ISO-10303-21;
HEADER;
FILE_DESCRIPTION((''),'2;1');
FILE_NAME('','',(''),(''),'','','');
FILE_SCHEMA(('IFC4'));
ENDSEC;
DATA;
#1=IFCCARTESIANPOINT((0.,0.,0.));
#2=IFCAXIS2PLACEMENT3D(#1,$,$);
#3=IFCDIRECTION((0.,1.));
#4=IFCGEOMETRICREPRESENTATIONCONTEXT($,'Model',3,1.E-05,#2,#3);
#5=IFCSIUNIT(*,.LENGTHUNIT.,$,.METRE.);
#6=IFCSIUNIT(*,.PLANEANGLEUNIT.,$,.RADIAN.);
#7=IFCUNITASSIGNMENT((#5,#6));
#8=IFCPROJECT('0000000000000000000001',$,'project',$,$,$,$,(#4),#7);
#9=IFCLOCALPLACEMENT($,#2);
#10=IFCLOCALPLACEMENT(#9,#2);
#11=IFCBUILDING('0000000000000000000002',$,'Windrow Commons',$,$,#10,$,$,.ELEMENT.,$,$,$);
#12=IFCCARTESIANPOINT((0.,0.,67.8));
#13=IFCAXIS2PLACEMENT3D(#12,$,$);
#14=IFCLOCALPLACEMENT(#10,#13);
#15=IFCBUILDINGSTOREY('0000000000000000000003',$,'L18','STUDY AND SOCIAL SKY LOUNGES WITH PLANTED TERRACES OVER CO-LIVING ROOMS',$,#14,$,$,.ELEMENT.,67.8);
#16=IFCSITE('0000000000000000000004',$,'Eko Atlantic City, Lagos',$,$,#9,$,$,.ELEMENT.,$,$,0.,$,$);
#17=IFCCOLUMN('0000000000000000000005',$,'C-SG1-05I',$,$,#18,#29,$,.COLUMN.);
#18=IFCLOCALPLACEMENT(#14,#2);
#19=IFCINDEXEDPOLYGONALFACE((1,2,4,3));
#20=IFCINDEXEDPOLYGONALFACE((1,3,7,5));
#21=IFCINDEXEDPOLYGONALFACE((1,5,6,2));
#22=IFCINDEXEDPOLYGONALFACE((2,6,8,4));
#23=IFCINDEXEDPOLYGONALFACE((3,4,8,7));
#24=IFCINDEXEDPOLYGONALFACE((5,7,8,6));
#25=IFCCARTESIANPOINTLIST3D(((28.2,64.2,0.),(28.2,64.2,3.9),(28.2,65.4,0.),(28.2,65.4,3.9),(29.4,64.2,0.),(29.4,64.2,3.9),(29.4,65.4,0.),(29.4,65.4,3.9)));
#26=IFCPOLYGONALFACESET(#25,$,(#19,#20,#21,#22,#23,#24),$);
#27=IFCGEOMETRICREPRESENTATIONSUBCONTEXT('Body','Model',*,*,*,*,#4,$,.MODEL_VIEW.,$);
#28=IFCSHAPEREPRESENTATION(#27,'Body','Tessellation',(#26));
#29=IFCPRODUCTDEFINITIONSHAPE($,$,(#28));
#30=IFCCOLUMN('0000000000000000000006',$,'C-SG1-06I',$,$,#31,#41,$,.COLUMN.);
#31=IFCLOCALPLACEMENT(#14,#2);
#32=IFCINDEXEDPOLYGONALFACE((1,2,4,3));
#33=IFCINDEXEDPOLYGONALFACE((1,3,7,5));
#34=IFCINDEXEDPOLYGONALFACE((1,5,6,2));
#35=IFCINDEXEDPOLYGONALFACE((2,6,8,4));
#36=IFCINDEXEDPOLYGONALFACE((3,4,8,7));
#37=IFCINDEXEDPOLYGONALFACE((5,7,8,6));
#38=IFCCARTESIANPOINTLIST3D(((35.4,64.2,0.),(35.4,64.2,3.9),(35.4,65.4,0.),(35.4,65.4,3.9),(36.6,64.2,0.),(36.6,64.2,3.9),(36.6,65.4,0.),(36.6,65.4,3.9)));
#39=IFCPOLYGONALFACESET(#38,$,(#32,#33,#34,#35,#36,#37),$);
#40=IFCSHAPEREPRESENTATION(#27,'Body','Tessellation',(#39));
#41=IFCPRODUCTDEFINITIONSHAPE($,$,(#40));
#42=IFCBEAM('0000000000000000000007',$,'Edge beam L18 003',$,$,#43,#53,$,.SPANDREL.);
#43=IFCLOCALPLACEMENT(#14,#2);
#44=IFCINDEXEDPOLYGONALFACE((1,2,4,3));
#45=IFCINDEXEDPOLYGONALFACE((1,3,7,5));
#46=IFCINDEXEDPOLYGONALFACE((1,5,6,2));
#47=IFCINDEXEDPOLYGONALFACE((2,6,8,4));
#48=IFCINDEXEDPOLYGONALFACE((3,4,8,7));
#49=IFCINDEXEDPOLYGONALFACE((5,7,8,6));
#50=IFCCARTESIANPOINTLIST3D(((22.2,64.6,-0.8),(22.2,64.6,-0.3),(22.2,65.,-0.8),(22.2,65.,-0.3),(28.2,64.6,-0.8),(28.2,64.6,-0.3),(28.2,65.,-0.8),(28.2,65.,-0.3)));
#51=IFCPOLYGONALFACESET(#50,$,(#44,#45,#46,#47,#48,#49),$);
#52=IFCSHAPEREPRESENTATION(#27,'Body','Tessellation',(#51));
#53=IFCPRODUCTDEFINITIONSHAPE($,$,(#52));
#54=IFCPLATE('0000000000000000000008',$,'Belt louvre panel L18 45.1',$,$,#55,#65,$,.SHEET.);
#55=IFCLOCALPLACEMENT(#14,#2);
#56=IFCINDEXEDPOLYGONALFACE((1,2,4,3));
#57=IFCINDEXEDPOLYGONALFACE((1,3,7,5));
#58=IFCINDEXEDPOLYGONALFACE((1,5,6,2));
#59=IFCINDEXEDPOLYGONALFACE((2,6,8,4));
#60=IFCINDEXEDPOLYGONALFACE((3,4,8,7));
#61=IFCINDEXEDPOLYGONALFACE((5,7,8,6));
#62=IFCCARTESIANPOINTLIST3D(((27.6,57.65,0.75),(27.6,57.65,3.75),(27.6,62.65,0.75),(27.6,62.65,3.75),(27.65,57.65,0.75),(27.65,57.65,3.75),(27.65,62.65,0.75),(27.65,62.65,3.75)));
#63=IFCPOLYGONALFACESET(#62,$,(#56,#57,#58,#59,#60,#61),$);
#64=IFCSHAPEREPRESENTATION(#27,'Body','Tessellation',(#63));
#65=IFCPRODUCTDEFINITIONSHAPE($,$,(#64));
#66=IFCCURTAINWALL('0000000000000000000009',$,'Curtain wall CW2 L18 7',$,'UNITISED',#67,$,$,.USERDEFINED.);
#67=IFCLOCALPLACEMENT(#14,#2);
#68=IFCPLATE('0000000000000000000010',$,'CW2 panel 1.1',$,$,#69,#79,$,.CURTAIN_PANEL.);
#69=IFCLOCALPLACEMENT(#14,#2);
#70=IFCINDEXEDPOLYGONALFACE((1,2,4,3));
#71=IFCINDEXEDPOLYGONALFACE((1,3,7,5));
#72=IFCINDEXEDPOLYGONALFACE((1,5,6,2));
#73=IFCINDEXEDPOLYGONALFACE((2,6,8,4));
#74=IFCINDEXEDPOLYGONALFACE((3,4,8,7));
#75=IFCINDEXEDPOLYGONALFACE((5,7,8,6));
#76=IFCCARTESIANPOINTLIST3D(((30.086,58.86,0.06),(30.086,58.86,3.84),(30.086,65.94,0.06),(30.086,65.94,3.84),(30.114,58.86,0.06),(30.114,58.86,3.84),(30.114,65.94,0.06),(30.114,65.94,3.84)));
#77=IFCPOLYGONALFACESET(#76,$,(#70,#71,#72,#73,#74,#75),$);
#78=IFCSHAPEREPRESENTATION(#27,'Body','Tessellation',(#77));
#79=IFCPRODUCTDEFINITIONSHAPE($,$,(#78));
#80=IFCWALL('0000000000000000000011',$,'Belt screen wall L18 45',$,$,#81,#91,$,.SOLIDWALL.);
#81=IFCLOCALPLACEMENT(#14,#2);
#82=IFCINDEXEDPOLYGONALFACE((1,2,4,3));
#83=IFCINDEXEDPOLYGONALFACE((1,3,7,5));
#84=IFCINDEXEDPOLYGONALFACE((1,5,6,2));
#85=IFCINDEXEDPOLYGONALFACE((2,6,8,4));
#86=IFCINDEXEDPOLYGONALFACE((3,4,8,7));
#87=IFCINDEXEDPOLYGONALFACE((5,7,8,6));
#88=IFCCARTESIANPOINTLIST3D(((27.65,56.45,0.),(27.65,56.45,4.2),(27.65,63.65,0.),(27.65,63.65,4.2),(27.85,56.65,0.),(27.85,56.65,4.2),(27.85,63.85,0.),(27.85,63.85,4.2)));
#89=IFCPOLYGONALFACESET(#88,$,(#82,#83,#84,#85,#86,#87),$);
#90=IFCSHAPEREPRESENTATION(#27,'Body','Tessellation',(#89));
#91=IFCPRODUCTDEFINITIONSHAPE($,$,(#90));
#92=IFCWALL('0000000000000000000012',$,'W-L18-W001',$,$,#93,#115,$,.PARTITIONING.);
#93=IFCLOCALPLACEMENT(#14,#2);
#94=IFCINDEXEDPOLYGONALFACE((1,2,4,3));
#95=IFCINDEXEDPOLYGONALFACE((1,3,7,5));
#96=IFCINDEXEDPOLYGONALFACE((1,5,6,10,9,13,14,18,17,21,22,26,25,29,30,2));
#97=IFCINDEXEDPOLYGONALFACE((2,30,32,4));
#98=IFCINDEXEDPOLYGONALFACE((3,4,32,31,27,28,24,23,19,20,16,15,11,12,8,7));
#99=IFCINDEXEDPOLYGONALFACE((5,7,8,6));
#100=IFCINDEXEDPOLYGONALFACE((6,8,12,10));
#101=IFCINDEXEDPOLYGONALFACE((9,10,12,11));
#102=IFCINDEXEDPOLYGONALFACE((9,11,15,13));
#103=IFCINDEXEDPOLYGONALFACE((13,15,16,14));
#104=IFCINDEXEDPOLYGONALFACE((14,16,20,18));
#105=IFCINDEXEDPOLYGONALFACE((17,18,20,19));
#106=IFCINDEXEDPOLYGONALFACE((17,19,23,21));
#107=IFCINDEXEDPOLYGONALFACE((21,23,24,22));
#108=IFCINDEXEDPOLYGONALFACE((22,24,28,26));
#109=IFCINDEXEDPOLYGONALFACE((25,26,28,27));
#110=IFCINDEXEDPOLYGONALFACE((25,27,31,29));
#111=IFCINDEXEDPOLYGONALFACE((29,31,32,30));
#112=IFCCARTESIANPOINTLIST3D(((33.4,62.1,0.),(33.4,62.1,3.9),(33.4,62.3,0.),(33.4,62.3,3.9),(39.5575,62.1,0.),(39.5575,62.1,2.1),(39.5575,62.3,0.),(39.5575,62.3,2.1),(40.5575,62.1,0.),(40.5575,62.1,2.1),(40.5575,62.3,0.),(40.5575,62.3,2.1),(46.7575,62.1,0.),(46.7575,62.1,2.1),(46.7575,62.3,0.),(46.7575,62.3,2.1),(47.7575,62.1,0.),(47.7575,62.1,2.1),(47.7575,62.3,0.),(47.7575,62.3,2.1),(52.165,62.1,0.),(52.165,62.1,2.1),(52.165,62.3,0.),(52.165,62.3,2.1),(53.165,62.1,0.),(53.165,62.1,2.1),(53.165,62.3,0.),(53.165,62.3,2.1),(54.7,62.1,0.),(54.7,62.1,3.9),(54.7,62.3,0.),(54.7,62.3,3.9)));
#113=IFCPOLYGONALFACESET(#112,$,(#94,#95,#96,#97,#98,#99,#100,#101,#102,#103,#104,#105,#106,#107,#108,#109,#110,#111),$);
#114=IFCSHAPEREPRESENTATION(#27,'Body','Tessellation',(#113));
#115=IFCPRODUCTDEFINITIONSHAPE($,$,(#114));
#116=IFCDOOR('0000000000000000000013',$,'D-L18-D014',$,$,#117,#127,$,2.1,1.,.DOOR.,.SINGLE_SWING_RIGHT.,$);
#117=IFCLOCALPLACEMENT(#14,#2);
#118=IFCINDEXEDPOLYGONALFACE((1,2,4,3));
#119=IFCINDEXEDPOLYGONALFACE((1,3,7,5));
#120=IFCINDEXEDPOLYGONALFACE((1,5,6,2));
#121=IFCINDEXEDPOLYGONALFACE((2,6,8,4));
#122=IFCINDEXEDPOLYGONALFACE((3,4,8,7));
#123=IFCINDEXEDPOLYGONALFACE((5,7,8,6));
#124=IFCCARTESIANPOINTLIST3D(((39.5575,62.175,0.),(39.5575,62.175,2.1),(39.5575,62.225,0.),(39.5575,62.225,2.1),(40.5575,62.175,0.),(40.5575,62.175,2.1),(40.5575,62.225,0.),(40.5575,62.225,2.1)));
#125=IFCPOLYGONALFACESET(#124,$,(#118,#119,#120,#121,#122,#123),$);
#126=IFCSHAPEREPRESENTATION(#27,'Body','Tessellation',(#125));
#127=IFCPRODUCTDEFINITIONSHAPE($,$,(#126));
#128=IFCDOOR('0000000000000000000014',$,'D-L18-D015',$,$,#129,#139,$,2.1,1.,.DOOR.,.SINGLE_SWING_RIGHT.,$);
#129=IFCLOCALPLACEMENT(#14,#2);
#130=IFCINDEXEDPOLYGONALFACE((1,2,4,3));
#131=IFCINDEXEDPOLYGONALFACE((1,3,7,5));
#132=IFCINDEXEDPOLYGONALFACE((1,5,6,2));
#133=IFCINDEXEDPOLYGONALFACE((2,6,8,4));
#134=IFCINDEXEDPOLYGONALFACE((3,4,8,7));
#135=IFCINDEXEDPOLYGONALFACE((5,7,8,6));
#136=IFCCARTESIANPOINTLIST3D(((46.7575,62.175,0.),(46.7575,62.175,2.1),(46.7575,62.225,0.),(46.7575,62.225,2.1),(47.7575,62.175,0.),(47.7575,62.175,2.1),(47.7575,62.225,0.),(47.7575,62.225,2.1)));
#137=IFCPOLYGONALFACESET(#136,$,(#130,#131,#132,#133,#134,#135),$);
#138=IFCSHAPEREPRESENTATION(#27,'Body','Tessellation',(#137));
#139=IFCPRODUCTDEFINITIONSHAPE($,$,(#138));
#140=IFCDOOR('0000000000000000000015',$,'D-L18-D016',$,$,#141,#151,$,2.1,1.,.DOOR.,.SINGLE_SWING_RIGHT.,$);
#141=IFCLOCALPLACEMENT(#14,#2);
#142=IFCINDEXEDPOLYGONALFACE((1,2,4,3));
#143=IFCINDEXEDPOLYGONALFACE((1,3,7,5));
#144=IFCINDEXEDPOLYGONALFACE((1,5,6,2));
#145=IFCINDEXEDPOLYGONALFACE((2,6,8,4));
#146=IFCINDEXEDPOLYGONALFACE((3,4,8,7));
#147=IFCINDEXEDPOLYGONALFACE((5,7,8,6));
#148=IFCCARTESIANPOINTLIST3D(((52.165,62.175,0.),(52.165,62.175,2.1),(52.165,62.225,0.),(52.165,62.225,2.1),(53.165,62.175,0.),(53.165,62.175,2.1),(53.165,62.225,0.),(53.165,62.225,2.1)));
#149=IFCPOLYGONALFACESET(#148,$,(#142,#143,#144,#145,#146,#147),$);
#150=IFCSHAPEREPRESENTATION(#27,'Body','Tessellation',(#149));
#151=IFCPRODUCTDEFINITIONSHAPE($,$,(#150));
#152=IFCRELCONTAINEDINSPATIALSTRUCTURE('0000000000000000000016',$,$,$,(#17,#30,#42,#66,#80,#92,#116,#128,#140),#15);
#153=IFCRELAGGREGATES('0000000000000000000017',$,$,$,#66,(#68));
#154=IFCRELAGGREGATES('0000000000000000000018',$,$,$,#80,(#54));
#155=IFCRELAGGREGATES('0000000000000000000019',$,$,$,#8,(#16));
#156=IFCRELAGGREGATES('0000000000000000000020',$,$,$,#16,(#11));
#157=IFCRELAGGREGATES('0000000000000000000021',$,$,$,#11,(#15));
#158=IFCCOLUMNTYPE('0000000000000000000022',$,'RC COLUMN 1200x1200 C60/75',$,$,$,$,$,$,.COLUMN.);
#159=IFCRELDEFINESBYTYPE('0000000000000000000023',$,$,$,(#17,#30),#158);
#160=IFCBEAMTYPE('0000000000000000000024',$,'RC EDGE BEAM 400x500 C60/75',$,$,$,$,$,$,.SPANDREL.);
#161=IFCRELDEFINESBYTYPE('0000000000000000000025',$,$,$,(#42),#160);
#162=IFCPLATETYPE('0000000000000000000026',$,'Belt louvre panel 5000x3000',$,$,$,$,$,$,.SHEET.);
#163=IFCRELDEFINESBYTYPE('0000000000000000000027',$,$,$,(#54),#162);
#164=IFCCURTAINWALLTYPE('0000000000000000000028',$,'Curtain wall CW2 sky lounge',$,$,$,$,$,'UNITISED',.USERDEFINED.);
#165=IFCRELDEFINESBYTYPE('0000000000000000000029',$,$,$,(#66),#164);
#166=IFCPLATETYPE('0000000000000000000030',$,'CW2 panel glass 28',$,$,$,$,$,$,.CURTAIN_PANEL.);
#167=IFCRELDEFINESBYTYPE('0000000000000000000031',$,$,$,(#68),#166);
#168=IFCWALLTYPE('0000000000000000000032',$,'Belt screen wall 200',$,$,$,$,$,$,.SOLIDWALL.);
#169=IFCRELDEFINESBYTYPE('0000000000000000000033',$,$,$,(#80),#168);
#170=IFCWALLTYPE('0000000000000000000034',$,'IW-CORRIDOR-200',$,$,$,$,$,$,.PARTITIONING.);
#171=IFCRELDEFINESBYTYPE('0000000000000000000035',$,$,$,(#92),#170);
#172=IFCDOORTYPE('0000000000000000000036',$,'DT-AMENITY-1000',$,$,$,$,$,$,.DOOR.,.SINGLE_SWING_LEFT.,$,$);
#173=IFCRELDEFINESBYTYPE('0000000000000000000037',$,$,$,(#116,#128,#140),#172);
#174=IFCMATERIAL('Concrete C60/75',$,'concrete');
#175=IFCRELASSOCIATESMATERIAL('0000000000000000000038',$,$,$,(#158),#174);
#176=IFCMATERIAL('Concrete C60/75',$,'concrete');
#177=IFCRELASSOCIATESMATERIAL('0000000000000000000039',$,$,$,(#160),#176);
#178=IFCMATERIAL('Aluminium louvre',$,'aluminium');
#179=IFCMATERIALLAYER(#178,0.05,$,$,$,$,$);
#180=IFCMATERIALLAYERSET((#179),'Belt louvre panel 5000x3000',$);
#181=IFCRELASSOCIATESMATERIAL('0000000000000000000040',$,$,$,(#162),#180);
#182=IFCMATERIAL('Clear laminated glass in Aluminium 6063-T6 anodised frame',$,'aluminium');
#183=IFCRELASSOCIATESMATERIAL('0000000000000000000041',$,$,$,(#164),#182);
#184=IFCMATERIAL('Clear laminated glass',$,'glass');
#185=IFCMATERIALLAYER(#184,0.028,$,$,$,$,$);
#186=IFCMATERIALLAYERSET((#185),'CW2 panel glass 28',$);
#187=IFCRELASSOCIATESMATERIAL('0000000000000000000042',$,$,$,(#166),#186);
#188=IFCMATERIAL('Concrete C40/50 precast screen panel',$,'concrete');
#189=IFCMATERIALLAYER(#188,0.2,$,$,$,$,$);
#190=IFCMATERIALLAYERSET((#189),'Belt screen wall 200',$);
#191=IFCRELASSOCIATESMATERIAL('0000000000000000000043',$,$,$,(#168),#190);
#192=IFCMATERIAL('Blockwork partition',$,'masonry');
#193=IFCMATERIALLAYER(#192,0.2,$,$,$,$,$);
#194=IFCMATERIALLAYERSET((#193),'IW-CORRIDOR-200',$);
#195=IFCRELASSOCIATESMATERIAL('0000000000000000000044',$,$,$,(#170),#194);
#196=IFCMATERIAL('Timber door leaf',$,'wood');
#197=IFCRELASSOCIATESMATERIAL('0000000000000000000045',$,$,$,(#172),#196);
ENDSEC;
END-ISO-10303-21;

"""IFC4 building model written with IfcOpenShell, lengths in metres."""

from ifc_helpers import new_model, si_unit, direction, frame, frame_2d, origin, origin_2d, place, context, subcontext, project, spatial, polyline, rectangle, outline, extrude, material, layer, layer_set, material_profile, profile_set, type_object, element, fill, aggregate, save


model = new_model("IFC4")

# Units and contexts
model_context = context("Model", 3, precision=1e-05, world=origin(), true_north=direction((0.0, 1.0)))
body_context = subcontext(model_context, "Body", "Model", "MODEL_VIEW")
ifc_project = project(units=[si_unit("LENGTHUNIT", "METRE"), si_unit("PLANEANGLEUNIT", "RADIAN")], contexts=[model_context])

# Site, building, storey
site_placement = place(None, origin())
site = spatial("IfcSite", under=ifc_project, at=site_placement, Name="Eko Atlantic City, Lagos", CompositionType="ELEMENT", RefElevation=0.0)
building_placement = place(site_placement, origin())
building = spatial("IfcBuilding", under=site, at=building_placement, Name="Windrow Commons", CompositionType="ELEMENT")
storey_placement = place(building_placement, frame((0.0, 0.0, 67.8)))
storey = spatial("IfcBuildingStorey", under=building, at=storey_placement, Name="L18", Description="STUDY AND SOCIAL SKY LOUNGES WITH PLANTED TERRACES OVER CO-LIVING ROOMS", CompositionType="ELEMENT", Elevation=67.8)

# Columns
ifc_material_1 = material(Name="Concrete C60/75", Category="concrete")
ifc_material_profile_1 = material_profile(ifc_material_1, rectangle(XDim=1.2, YDim=1.2, at=origin_2d()))
ifc_profile_set_1 = profile_set([ifc_material_profile_1], Name="Concrete C60/75")
column_type = type_object("IfcColumnType", Name="RC COLUMN 1200x1200 C60/75", PredefinedType="COLUMN", material=ifc_profile_set_1)
for number, where, z_axis, x_axis, name in (
    (1, (28.8, 64.8, 0.0), (0.0, 0.0, 1.0), (1.0, 0.0, 0.0), "C-SG1-05I"),
    (2, (36.0, 64.8, 0.0), (0.0, 0.0, 1.0), (1.0, 0.0, 0.0), "C-SG1-06I"),
):
    element("IfcColumn", number, at=place(storey_placement, frame(where, z_axis=z_axis, x_axis=x_axis)), inside=storey, type_object=column_type, Name=name, PredefinedType="COLUMN", context=body_context, shape_type="SweptSolid", body=[
        extrude(rectangle(XDim=1.2, YDim=1.2, at=origin_2d()), origin(), (0.0, 0.0, 1.0), 3.9),
    ])

# Beam
ifc_material_2 = material(Name="Concrete C60/75", Category="concrete")
ifc_material_profile_2 = material_profile(ifc_material_2, rectangle(XDim=0.4, YDim=0.5, at=origin_2d()))
ifc_profile_set_2 = profile_set([ifc_material_profile_2], Name="Concrete C60/75")
beam_type = type_object("IfcBeamType", Name="RC EDGE BEAM 400x500 C60/75", PredefinedType="SPANDREL", material=ifc_profile_set_2)
beam_placement = place(storey_placement, frame((28.2, 64.8, -0.55), z_axis=(-1.0, 0.0, 0.0), x_axis=(0.0, -1.0, 0.0)))
element("IfcBeam", 3, at=beam_placement, inside=storey, type_object=beam_type, Name="Edge beam L18 003", PredefinedType="SPANDREL", context=body_context, shape_type="SweptSolid", body=[
    extrude(rectangle(XDim=0.4, YDim=0.5, at=origin_2d()), origin(), (0.0, 0.0, 1.0), 6.0),
])

# Plate
ifc_material_3 = material(Name="Aluminium louvre", Category="aluminium")
ifc_layer_1 = layer(ifc_material_3, 0.05)
ifc_layer_set_1 = layer_set([ifc_layer_1], Name="Belt louvre panel 5000x3000")
plate_type_1 = type_object("IfcPlateType", Name="Belt louvre panel 5000x3000", PredefinedType="SHEET", material=ifc_layer_set_1)
plate_1_placement = place(storey_placement, frame((27.6, 62.65, 0.75), z_axis=(-1.0, 0.0, 0.0), x_axis=(0.0, -1.0, 0.0)))
plate_1 = element("IfcPlate", 4, at=plate_1_placement, type_object=plate_type_1, Name="Belt louvre panel L18 45.1", PredefinedType="SHEET", context=body_context, shape_type="SweptSolid", body=[
    extrude(outline(polyline([(0.0, 0.0), (5.0, 0.0), (5.0, 3.0), (0.0, 3.0), (0.0, 0.0)])), origin(), (0.0, 0.0, -1.0), 0.05),
])

# Curtain wall, plate
ifc_material_4 = material(Name="Clear laminated glass in Aluminium 6063-T6 anodised frame", Category="aluminium")
curtain_wall_type = type_object("IfcCurtainWallType", Name="Curtain wall CW2 sky lounge", ElementType="UNITISED", PredefinedType="USERDEFINED", material=ifc_material_4)
curtain_wall_placement = place(storey_placement, origin())
curtain_wall = element("IfcCurtainWall", 5, at=curtain_wall_placement, inside=storey, type_object=curtain_wall_type, Name="Curtain wall CW2 L18 7", ObjectType="UNITISED", PredefinedType="USERDEFINED")
ifc_material_5 = material(Name="Clear laminated glass", Category="glass")
ifc_layer_2 = layer(ifc_material_5, 0.028)
ifc_layer_set_2 = layer_set([ifc_layer_2], Name="CW2 panel glass 28")
plate_type_2 = type_object("IfcPlateType", Name="CW2 panel glass 28", PredefinedType="CURTAIN_PANEL", material=ifc_layer_set_2)
plate_2_placement = place(storey_placement, frame((30.1, 62.4, 0.06), z_axis=(0.0, 0.0, 1.0), x_axis=(0.0, -1.0, 0.0)))
plate_2 = element("IfcPlate", 6, at=plate_2_placement, type_object=plate_type_2, Name="CW2 panel 1.1", PredefinedType="CURTAIN_PANEL", context=body_context, shape_type="SweptSolid", body=[
    extrude(rectangle(XDim=7.08, YDim=0.028, at=origin_2d()), origin(), (0.0, 0.0, 1.0), 3.78),
])
aggregate(curtain_wall, [plate_2])

# Wall
ifc_material_6 = material(Name="Concrete C40/50 precast screen panel", Category="concrete")
ifc_layer_3 = layer(ifc_material_6, 0.2)
ifc_layer_set_3 = layer_set([ifc_layer_3], Name="Belt screen wall 200")
wall_type_1 = type_object("IfcWallType", Name="Belt screen wall 200", PredefinedType="SOLIDWALL", material=ifc_layer_set_3)
wall_1_placement = place(storey_placement, frame((27.75, 63.75, 0.0), z_axis=(0.0, 0.0, 1.0), x_axis=(0.0, -1.0, 0.0)))
wall_1 = element("IfcWall", 7, at=wall_1_placement, inside=storey, type_object=wall_type_1, Name="Belt screen wall L18 45", PredefinedType="SOLIDWALL", context=body_context, shape_type="SweptSolid", body=[
    extrude(outline(polyline([(0.1, -0.1), (7.3, -0.1), (7.1, 0.1), (-0.1, 0.1), (0.1, -0.1)])), origin(), (0.0, 0.0, 1.0), 4.2),
])
aggregate(wall_1, [plate_1])

# Wall, openings, doors
ifc_material_7 = material(Name="Blockwork partition", Category="masonry")
ifc_layer_4 = layer(ifc_material_7, 0.2)
ifc_layer_set_4 = layer_set([ifc_layer_4], Name="IW-CORRIDOR-200")
wall_type_2 = type_object("IfcWallType", Name="IW-CORRIDOR-200", PredefinedType="PARTITIONING", material=ifc_layer_set_4)
wall_2_placement = place(storey_placement, frame((33.4, 62.2, 0.0), z_axis=(0.0, 0.0, 1.0), x_axis=(1.0, 0.0, 0.0)))
wall_2 = element("IfcWall", 8, at=wall_2_placement, inside=storey, type_object=wall_type_2, Name="W-L18-W001", PredefinedType="PARTITIONING", context=body_context, shape_type="SweptSolid", body=[
    extrude(rectangle(XDim=21.3, YDim=0.2, at=frame_2d((10.65, 0.0))), origin(), (0.0, 0.0, 1.0), 3.9),
])
opening_1_placement = place(wall_2_placement, frame((6.1575, 0.0, 0.0)))
opening_1 = element("IfcOpeningElement", 9, at=opening_1_placement, cuts=wall_2, PredefinedType="OPENING", context=body_context, shape_type="SweptSolid", body=[
    extrude(rectangle(XDim=1.0, YDim=2.1, at=frame_2d((0.5, 1.05))), frame((0.0, 0.11, 0.0), z_axis=(0.0, -1.0, 0.0), x_axis=(1.0, 0.0, 0.0)), (0.0, 0.0, 1.0), 0.22),
])
opening_2_placement = place(wall_2_placement, frame((13.3575, 0.0, 0.0)))
opening_2 = element("IfcOpeningElement", 10, at=opening_2_placement, cuts=wall_2, PredefinedType="OPENING", context=body_context, shape_type="SweptSolid", body=[
    extrude(rectangle(XDim=1.0, YDim=2.1, at=frame_2d((0.5, 1.05))), frame((0.0, 0.11, 0.0), z_axis=(0.0, -1.0, 0.0), x_axis=(1.0, 0.0, 0.0)), (0.0, 0.0, 1.0), 0.22),
])
opening_3_placement = place(wall_2_placement, frame((18.765, 0.0, 0.0)))
opening_3 = element("IfcOpeningElement", 11, at=opening_3_placement, cuts=wall_2, PredefinedType="OPENING", context=body_context, shape_type="SweptSolid", body=[
    extrude(rectangle(XDim=1.0, YDim=2.1, at=frame_2d((0.5, 1.05))), frame((0.0, 0.11, 0.0), z_axis=(0.0, -1.0, 0.0), x_axis=(1.0, 0.0, 0.0)), (0.0, 0.0, 1.0), 0.22),
])
ifc_material_8 = material(Name="Timber door leaf", Category="wood")
door_type = type_object("IfcDoorType", Name="DT-AMENITY-1000", OperationType="SINGLE_SWING_LEFT", PredefinedType="DOOR", material=ifc_material_8)
door_1_placement = place(opening_1_placement, origin())
door_1 = element("IfcDoor", 12, at=door_1_placement, inside=storey, type_object=door_type, Name="D-L18-D014", OperationType="SINGLE_SWING_RIGHT", OverallHeight=2.1, OverallWidth=1.0, PredefinedType="DOOR", context=body_context, shape_type="SweptSolid", body=[
    extrude(rectangle(XDim=1.0, YDim=2.1, at=frame_2d((0.5, 1.05))), frame((0.0, 0.025, 0.0), z_axis=(0.0, -1.0, 0.0), x_axis=(1.0, 0.0, 0.0)), (0.0, 0.0, 1.0), 0.05),
])
fill(opening_1, door_1)
door_2_placement = place(opening_2_placement, origin())
door_2 = element("IfcDoor", 13, at=door_2_placement, inside=storey, type_object=door_type, Name="D-L18-D015", OperationType="SINGLE_SWING_RIGHT", OverallHeight=2.1, OverallWidth=1.0, PredefinedType="DOOR", context=body_context, shape_type="SweptSolid", body=[
    extrude(rectangle(XDim=1.0, YDim=2.1, at=frame_2d((0.5, 1.05))), frame((0.0, 0.025, 0.0), z_axis=(0.0, -1.0, 0.0), x_axis=(1.0, 0.0, 0.0)), (0.0, 0.0, 1.0), 0.05),
])
fill(opening_2, door_2)
door_3_placement = place(opening_3_placement, origin())
door_3 = element("IfcDoor", 14, at=door_3_placement, inside=storey, type_object=door_type, Name="D-L18-D016", OperationType="SINGLE_SWING_RIGHT", OverallHeight=2.1, OverallWidth=1.0, PredefinedType="DOOR", context=body_context, shape_type="SweptSolid", body=[
    extrude(rectangle(XDim=1.0, YDim=2.1, at=frame_2d((0.5, 1.05))), frame((0.0, 0.025, 0.0), z_axis=(0.0, -1.0, 0.0), x_axis=(1.0, 0.0, 0.0)), (0.0, 0.0, 1.0), 0.05),
])
fill(opening_3, door_3)

save(model, "model.ifc")
